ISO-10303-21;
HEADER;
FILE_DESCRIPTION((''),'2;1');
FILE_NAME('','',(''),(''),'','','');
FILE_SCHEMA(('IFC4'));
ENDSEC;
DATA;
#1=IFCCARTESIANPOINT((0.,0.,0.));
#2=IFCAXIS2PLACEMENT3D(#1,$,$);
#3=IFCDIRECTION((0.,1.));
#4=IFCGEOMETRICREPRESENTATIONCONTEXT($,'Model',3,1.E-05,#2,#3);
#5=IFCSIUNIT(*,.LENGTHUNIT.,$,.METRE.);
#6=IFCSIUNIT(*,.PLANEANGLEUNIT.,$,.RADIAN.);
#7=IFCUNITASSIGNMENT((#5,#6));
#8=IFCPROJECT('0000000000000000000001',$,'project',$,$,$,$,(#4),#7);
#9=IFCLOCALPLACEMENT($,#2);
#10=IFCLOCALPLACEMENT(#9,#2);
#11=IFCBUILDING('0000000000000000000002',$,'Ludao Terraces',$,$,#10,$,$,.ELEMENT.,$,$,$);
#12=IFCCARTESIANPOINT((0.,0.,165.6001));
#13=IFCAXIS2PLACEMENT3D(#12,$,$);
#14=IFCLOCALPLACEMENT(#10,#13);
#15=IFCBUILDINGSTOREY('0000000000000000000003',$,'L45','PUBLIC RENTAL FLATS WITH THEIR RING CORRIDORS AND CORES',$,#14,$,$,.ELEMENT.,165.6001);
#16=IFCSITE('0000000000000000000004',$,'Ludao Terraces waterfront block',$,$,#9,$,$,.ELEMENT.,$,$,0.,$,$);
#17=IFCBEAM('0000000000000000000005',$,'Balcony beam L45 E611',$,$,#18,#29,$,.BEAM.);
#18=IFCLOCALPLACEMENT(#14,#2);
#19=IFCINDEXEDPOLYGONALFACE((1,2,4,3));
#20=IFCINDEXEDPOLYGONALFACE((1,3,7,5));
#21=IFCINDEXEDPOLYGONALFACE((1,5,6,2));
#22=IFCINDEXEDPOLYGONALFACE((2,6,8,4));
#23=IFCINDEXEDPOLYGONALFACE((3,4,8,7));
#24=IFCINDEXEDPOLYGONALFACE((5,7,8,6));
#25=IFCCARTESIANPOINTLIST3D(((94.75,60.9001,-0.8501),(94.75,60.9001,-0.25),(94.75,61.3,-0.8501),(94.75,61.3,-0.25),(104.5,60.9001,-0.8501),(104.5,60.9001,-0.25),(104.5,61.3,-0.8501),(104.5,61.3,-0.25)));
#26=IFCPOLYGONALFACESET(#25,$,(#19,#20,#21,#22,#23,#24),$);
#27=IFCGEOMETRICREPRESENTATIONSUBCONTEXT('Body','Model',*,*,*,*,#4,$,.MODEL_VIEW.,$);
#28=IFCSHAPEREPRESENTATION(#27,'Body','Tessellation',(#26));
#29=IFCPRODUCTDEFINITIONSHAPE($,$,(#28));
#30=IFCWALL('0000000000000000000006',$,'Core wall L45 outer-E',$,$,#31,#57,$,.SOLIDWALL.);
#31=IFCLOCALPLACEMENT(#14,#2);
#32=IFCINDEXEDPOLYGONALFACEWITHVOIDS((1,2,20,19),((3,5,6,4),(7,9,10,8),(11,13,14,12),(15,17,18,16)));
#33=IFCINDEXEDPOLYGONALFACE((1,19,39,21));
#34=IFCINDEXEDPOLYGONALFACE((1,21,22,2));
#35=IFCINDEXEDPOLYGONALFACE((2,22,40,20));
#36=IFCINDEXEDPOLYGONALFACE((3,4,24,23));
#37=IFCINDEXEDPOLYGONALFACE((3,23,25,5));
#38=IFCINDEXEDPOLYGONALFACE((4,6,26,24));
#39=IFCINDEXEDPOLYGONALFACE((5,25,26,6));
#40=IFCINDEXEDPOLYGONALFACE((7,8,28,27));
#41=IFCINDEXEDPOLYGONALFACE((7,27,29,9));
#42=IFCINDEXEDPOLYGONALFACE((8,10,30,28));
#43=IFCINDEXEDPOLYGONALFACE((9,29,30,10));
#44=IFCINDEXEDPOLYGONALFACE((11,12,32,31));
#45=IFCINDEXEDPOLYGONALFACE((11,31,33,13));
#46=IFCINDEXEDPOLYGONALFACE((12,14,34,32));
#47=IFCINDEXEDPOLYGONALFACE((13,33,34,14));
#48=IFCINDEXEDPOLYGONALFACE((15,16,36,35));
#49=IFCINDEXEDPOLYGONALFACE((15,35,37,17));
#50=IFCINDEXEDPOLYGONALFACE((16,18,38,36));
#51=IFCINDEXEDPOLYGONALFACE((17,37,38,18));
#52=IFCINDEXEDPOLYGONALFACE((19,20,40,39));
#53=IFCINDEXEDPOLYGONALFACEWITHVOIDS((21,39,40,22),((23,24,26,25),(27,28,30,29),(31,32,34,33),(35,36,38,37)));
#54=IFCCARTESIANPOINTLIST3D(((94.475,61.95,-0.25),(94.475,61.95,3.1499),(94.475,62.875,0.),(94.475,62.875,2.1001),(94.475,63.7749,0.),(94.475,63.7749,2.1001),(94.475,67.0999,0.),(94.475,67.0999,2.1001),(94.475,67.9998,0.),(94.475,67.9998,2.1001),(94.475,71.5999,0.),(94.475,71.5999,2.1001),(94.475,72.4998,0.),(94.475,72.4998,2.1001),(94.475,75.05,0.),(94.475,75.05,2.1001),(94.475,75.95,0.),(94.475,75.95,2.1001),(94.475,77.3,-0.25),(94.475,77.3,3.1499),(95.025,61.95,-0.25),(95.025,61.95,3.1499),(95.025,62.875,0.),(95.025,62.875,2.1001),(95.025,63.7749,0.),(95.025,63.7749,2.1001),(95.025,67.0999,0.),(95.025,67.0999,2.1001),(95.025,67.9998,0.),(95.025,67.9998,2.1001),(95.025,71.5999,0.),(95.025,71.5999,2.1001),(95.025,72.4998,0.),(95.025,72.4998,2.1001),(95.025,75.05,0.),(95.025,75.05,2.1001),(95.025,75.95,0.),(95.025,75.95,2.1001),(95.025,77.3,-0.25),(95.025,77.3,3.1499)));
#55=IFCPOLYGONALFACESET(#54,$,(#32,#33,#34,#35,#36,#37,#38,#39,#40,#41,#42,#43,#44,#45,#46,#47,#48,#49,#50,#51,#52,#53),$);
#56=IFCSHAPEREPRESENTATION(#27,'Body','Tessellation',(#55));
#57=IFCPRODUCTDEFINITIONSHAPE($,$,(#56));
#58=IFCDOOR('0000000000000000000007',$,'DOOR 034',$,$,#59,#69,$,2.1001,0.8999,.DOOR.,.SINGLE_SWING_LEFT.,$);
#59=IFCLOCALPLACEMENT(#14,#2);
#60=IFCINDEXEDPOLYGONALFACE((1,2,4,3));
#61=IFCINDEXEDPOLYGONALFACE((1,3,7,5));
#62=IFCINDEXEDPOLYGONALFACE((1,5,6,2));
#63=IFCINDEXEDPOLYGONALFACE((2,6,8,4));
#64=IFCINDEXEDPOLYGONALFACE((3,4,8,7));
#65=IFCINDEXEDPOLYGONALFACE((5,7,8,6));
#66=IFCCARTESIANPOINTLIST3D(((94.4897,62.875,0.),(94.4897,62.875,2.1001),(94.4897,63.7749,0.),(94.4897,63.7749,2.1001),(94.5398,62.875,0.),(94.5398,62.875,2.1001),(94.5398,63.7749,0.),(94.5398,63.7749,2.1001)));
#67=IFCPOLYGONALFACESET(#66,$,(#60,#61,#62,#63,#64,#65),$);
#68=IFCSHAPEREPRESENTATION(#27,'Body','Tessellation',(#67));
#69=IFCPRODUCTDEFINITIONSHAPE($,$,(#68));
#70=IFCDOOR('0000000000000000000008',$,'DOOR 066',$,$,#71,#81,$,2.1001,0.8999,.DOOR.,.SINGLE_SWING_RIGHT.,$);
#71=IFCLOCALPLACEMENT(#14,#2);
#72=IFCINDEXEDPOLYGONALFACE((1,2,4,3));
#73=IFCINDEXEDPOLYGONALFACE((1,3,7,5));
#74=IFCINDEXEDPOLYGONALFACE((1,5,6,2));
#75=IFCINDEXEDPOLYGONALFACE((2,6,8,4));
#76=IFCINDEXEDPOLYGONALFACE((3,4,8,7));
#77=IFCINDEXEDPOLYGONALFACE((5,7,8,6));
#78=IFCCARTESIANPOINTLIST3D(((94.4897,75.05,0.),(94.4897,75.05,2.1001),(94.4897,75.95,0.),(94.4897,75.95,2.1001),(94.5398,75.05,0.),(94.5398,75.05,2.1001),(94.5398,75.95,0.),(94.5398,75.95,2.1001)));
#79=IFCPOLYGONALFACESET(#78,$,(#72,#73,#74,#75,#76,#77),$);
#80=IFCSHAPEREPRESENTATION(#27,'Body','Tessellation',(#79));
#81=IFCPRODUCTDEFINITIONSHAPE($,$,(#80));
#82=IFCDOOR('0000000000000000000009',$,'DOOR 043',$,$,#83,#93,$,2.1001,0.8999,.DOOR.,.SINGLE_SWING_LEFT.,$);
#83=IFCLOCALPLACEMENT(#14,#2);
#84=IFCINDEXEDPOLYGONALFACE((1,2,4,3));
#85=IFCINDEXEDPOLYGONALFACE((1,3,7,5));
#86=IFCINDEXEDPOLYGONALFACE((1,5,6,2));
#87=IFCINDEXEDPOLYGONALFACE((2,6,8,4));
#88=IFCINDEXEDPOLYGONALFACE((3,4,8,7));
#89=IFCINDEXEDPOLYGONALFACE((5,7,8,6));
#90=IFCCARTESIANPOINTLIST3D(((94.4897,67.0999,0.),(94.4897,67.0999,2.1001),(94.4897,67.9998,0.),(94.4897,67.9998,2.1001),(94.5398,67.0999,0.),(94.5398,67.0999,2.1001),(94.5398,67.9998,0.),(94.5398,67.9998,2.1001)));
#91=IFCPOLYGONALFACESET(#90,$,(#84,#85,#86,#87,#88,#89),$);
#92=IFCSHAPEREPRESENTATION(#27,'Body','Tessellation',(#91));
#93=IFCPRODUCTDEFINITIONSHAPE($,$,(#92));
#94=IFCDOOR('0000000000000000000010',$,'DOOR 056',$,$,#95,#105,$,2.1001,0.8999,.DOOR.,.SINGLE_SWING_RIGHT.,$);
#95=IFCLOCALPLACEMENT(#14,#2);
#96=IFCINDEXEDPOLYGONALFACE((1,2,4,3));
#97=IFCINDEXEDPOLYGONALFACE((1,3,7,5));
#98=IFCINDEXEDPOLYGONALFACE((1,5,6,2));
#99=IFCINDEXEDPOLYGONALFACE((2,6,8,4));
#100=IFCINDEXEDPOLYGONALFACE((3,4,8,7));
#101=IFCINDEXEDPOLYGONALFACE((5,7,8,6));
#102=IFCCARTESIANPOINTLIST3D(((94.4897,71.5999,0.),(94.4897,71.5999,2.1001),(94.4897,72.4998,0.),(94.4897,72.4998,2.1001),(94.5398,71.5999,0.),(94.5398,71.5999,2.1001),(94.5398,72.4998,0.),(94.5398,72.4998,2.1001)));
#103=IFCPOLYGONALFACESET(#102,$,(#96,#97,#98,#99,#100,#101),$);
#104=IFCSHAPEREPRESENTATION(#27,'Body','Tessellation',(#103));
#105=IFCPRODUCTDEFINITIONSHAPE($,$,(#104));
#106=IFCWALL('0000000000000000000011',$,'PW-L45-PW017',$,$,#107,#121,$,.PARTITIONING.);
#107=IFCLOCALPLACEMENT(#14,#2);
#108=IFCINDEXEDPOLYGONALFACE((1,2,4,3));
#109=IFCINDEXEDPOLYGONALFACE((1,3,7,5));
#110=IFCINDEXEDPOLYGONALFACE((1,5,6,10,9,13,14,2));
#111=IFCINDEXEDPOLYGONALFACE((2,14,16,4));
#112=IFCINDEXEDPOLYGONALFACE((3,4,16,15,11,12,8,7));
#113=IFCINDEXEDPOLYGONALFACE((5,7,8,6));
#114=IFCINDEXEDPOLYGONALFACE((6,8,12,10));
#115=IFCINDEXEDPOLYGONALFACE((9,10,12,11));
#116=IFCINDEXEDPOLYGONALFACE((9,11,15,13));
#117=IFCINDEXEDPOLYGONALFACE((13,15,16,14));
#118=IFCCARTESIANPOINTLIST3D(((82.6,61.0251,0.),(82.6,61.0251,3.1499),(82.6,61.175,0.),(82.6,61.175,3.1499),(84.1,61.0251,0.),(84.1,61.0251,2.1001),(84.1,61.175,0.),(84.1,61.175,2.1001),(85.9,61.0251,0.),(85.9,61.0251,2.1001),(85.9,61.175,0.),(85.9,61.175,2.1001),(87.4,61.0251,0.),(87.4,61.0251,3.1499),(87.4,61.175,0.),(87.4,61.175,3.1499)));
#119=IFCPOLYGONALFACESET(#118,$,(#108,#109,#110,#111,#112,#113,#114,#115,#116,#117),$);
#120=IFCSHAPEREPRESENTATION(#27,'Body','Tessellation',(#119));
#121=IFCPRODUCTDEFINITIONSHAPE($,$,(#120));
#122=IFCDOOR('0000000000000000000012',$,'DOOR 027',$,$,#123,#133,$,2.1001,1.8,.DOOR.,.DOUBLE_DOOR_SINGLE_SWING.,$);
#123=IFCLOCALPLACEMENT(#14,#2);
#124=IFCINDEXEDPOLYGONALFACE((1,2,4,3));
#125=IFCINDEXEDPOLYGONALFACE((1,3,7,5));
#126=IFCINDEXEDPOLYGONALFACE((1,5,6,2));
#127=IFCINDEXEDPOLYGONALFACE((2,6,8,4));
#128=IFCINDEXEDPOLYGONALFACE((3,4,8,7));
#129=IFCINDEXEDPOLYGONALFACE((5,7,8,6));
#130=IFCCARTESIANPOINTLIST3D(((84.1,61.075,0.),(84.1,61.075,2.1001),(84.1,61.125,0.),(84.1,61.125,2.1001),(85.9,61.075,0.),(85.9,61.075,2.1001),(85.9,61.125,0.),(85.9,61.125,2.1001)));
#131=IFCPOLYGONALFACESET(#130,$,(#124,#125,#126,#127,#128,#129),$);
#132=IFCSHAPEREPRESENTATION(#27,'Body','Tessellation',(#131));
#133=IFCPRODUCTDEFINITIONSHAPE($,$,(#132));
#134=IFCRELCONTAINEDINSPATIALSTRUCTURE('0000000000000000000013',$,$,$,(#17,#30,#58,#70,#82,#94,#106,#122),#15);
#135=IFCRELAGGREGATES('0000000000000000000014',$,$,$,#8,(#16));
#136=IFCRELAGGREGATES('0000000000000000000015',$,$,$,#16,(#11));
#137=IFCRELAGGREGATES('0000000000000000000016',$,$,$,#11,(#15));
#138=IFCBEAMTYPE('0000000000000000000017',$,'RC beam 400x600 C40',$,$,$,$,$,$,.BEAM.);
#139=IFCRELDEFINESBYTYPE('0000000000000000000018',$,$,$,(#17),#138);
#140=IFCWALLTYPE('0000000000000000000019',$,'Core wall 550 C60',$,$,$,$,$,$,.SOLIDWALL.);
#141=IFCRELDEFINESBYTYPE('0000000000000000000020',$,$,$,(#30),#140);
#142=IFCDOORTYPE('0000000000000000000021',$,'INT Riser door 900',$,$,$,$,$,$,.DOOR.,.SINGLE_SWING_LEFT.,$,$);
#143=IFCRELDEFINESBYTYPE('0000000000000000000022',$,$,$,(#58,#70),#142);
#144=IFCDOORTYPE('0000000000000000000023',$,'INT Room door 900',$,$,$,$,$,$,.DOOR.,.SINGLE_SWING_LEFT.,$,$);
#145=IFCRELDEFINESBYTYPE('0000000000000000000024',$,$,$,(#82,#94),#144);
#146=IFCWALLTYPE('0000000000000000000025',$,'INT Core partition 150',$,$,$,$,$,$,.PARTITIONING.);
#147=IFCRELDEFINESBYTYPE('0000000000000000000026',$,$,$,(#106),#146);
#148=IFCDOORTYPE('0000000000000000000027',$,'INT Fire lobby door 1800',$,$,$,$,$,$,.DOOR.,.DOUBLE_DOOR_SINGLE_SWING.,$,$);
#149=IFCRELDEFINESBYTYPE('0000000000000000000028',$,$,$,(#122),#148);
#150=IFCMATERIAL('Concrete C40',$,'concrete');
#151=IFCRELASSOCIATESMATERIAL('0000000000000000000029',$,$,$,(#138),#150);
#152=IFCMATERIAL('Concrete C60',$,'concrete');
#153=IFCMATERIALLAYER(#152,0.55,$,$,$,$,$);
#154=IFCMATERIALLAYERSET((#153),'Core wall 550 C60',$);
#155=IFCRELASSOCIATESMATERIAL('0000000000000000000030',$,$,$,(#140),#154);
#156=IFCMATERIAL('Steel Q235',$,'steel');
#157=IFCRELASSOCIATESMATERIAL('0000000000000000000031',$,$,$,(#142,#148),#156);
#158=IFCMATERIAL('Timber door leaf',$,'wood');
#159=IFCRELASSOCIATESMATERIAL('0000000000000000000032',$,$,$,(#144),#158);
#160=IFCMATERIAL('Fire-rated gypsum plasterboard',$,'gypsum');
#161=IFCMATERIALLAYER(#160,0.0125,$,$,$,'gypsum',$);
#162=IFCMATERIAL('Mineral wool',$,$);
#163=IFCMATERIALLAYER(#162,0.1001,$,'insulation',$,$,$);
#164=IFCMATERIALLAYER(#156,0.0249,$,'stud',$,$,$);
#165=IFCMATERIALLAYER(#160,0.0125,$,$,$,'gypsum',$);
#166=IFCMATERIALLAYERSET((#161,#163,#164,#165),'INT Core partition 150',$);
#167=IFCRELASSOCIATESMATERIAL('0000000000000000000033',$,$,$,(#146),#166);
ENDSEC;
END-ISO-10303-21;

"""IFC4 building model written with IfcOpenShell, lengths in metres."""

from ifc_helpers import new_model, si_unit, direction, frame, frame_2d, origin, origin_2d, place, context, subcontext, project, spatial, rectangle, extrude, material, layer, layer_set, material_profile, profile_set, type_object, element, fill, save


model = new_model("IFC4")

# Units and contexts
model_context = context("Model", 3, precision=1e-05, world=origin(), true_north=direction((0.0, 1.0)))
body_context = subcontext(model_context, "Body", "Model", "MODEL_VIEW")
ifc_project = project(units=[si_unit("LENGTHUNIT", "METRE"), si_unit("PLANEANGLEUNIT", "RADIAN")], contexts=[model_context])

# Site, building, storey
site_placement = place(None, origin())
site = spatial("IfcSite", under=ifc_project, at=site_placement, Name="Ludao Terraces waterfront block", CompositionType="ELEMENT", RefElevation=0.0)
building_placement = place(site_placement, origin())
building = spatial("IfcBuilding", under=site, at=building_placement, Name="Ludao Terraces", CompositionType="ELEMENT")
storey_placement = place(building_placement, frame((0.0, 0.0, 165.6001)))
storey = spatial("IfcBuildingStorey", under=building, at=storey_placement, Name="L45", Description="PUBLIC RENTAL FLATS WITH THEIR RING CORRIDORS AND CORES", CompositionType="ELEMENT", Elevation=165.6001)

# Beam
ifc_material_1 = material(Name="Concrete C40", Category="concrete")
ifc_material_profile = material_profile(ifc_material_1, rectangle(XDim=0.3999, YDim=0.6001, at=origin_2d()), Name="400 X 600")
ifc_profile_set = profile_set([ifc_material_profile], Name="Concrete C40")
beam_type = type_object("IfcBeamType", Name="RC beam 400x600 C40", PredefinedType="BEAM", material=ifc_profile_set)
beam_placement = place(storey_placement, frame((94.75, 61.1001, -0.55), z_axis=(1.0, 0.0, 0.0), x_axis=(0.0, 1.0, 0.0)))
element("IfcBeam", 1, at=beam_placement, inside=storey, type_object=beam_type, Name="Balcony beam L45 E611", PredefinedType="BEAM", context=body_context, shape_type="SweptSolid", body=[
    extrude(rectangle(XDim=0.3999, YDim=0.6001, at=origin_2d()), origin(), (0.0, 0.0, 1.0), 9.75),
])

# Wall, openings, doors
ifc_material_2 = material(Name="Concrete C60", Category="concrete")
ifc_layer_1 = layer(ifc_material_2, 0.55)
ifc_layer_set_1 = layer_set([ifc_layer_1], Name="Core wall 550 C60")
wall_type_1 = type_object("IfcWallType", Name="Core wall 550 C60", PredefinedType="SOLIDWALL", material=ifc_layer_set_1)
wall_1_placement = place(storey_placement, frame((94.75, 61.95, -0.25), z_axis=(0.0, 0.0, 1.0), x_axis=(0.0, 1.0, 0.0)))
wall_1 = element("IfcWall", 2, at=wall_1_placement, inside=storey, type_object=wall_type_1, Name="Core wall L45 outer-E", PredefinedType="SOLIDWALL", context=body_context, shape_type="SweptSolid", body=[
    extrude(rectangle(XDim=15.3501, YDim=0.55, at=frame_2d((7.675, 0.0))), origin(), (0.0, 0.0, 1.0), 3.3999),
])
opening_1_placement = place(wall_1_placement, frame((0.925, 0.0, 0.25)))
opening_1 = element("IfcOpeningElement", 3, at=opening_1_placement, cuts=wall_1, PredefinedType="OPENING", context=body_context, shape_type="SweptSolid", body=[
    extrude(rectangle(XDim=0.8999, YDim=2.1001, at=frame_2d((0.45, 1.05))), frame((0.0, 0.2852, 0.0), z_axis=(0.0, -1.0, 0.0), x_axis=(1.0, 0.0, 0.0)), (0.0, 0.0, 1.0), 0.5701),
])
opening_2_placement = place(wall_1_placement, frame((5.1499, 0.0, 0.25)))
opening_2 = element("IfcOpeningElement", 4, at=opening_2_placement, cuts=wall_1, PredefinedType="OPENING", context=body_context, shape_type="SweptSolid", body=[
    extrude(rectangle(XDim=0.8999, YDim=2.1001, at=frame_2d((0.45, 1.05))), frame((0.0, 0.2852, 0.0), z_axis=(0.0, -1.0, 0.0), x_axis=(1.0, 0.0, 0.0)), (0.0, 0.0, 1.0), 0.5701),
])
opening_3_placement = place(wall_1_placement, frame((9.6499, 0.0, 0.25)))
opening_3 = element("IfcOpeningElement", 5, at=opening_3_placement, cuts=wall_1, PredefinedType="OPENING", context=body_context, shape_type="SweptSolid", body=[
    extrude(rectangle(XDim=0.8999, YDim=2.1001, at=frame_2d((0.45, 1.05))), frame((0.0, 0.2852, 0.0), z_axis=(0.0, -1.0, 0.0), x_axis=(1.0, 0.0, 0.0)), (0.0, 0.0, 1.0), 0.5701),
])
opening_4_placement = place(wall_1_placement, frame((13.1001, 0.0, 0.25)))
opening_4 = element("IfcOpeningElement", 6, at=opening_4_placement, cuts=wall_1, PredefinedType="OPENING", context=body_context, shape_type="SweptSolid", body=[
    extrude(rectangle(XDim=0.8999, YDim=2.1001, at=frame_2d((0.45, 1.05))), frame((0.0, 0.2852, 0.0), z_axis=(0.0, -1.0, 0.0), x_axis=(1.0, 0.0, 0.0)), (0.0, 0.0, 1.0), 0.5701),
])
ifc_material_3 = material(Name="Steel Q235", Category="steel")
door_type_1 = type_object("IfcDoorType", Name="INT Riser door 900", OperationType="SINGLE_SWING_LEFT", PredefinedType="DOOR", material=ifc_material_3)
door_1_placement = place(opening_1_placement, origin())
door_1 = element("IfcDoor", 7, at=door_1_placement, inside=storey, type_object=door_type_1, Name="DOOR 034", OperationType="SINGLE_SWING_LEFT", OverallHeight=2.1001, OverallWidth=0.8999, PredefinedType="DOOR", context=body_context, shape_type="SweptSolid", body=[
    extrude(rectangle(XDim=0.8999, YDim=2.1001, at=frame_2d((0.45, 1.05))), frame((0.0, 0.2603, 0.0), z_axis=(0.0, -1.0, 0.0), x_axis=(1.0, 0.0, 0.0)), (0.0, 0.0, 1.0), 0.05),
])
fill(opening_1, door_1)
door_2_placement = place(opening_4_placement, origin())
door_2 = element("IfcDoor", 8, at=door_2_placement, inside=storey, type_object=door_type_1, Name="DOOR 066", OperationType="SINGLE_SWING_RIGHT", OverallHeight=2.1001, OverallWidth=0.8999, PredefinedType="DOOR", context=body_context, shape_type="SweptSolid", body=[
    extrude(rectangle(XDim=0.8999, YDim=2.1001, at=frame_2d((0.45, 1.05))), frame((0.0, 0.2603, 0.0), z_axis=(0.0, -1.0, 0.0), x_axis=(1.0, 0.0, 0.0)), (0.0, 0.0, 1.0), 0.05),
])
fill(opening_4, door_2)
ifc_material_4 = material(Name="Timber door leaf", Category="wood")
door_type_2 = type_object("IfcDoorType", Name="INT Room door 900", OperationType="SINGLE_SWING_LEFT", PredefinedType="DOOR", material=ifc_material_4)
door_3_placement = place(opening_2_placement, origin())
door_3 = element("IfcDoor", 9, at=door_3_placement, inside=storey, type_object=door_type_2, Name="DOOR 043", OperationType="SINGLE_SWING_LEFT", OverallHeight=2.1001, OverallWidth=0.8999, PredefinedType="DOOR", context=body_context, shape_type="SweptSolid", body=[
    extrude(rectangle(XDim=0.8999, YDim=2.1001, at=frame_2d((0.45, 1.05))), frame((0.0, 0.2603, 0.0), z_axis=(0.0, -1.0, 0.0), x_axis=(1.0, 0.0, 0.0)), (0.0, 0.0, 1.0), 0.05),
])
fill(opening_2, door_3)
door_4_placement = place(opening_3_placement, origin())
door_4 = element("IfcDoor", 10, at=door_4_placement, inside=storey, type_object=door_type_2, Name="DOOR 056", OperationType="SINGLE_SWING_RIGHT", OverallHeight=2.1001, OverallWidth=0.8999, PredefinedType="DOOR", context=body_context, shape_type="SweptSolid", body=[
    extrude(rectangle(XDim=0.8999, YDim=2.1001, at=frame_2d((0.45, 1.05))), frame((0.0, 0.2603, 0.0), z_axis=(0.0, -1.0, 0.0), x_axis=(1.0, 0.0, 0.0)), (0.0, 0.0, 1.0), 0.05),
])
fill(opening_3, door_4)

# Wall, opening, door
ifc_material_5 = material(Name="Fire-rated gypsum plasterboard", Category="gypsum")
ifc_layer_2 = layer(ifc_material_5, 0.0125, Category="gypsum")
ifc_material_6 = material(Name="Mineral wool")
ifc_layer_3 = layer(ifc_material_6, 0.1001, Name="insulation")
ifc_layer_4 = layer(ifc_material_3, 0.0249, Name="stud")
ifc_layer_5 = layer(ifc_material_5, 0.0125, Category="gypsum")
ifc_layer_set_2 = layer_set([ifc_layer_2, ifc_layer_3, ifc_layer_4, ifc_layer_5], Name="INT Core partition 150")
wall_type_2 = type_object("IfcWallType", Name="INT Core partition 150", PredefinedType="PARTITIONING", material=ifc_layer_set_2)
wall_2_placement = place(storey_placement, frame((82.6001, 61.1001, 0.0), z_axis=(0.0, 0.0, 1.0), x_axis=(1.0, 0.0, 0.0)))
wall_2 = element("IfcWall", 11, at=wall_2_placement, inside=storey, type_object=wall_type_2, Name="PW-L45-PW017", PredefinedType="PARTITIONING", context=body_context, shape_type="SweptSolid", body=[
    extrude(rectangle(XDim=4.8, YDim=0.1499, at=frame_2d((2.3999, 0.0))), origin(), (0.0, 0.0, 1.0), 3.1499),
])
opening_5_placement = place(wall_2_placement, frame((1.5, 0.0, 0.0)))
opening_5 = element("IfcOpeningElement", 12, at=opening_5_placement, cuts=wall_2, PredefinedType="OPENING", context=body_context, shape_type="SweptSolid", body=[
    extrude(rectangle(XDim=1.8, YDim=2.1001, at=frame_2d((0.8999, 1.05))), frame((0.0, 0.085, 0.0), z_axis=(0.0, -1.0, 0.0), x_axis=(1.0, 0.0, 0.0)), (0.0, 0.0, 1.0), 0.1699),
])
door_type_3 = type_object("IfcDoorType", Name="INT Fire lobby door 1800", OperationType="DOUBLE_DOOR_SINGLE_SWING", PredefinedType="DOOR", material=ifc_material_3)
door_5_placement = place(opening_5_placement, origin())
door_5 = element("IfcDoor", 13, at=door_5_placement, inside=storey, type_object=door_type_3, Name="DOOR 027", OperationType="DOUBLE_DOOR_SINGLE_SWING", OverallHeight=2.1001, OverallWidth=1.8, PredefinedType="DOOR", context=body_context, shape_type="SweptSolid", body=[
    extrude(rectangle(XDim=1.8, YDim=2.1001, at=frame_2d((0.8999, 1.05))), frame((0.0, 0.0249, 0.0), z_axis=(0.0, -1.0, 0.0), x_axis=(1.0, 0.0, 0.0)), (0.0, 0.0, 1.0), 0.05),
])
fill(opening_5, door_5)

save(model, "model.ifc")
